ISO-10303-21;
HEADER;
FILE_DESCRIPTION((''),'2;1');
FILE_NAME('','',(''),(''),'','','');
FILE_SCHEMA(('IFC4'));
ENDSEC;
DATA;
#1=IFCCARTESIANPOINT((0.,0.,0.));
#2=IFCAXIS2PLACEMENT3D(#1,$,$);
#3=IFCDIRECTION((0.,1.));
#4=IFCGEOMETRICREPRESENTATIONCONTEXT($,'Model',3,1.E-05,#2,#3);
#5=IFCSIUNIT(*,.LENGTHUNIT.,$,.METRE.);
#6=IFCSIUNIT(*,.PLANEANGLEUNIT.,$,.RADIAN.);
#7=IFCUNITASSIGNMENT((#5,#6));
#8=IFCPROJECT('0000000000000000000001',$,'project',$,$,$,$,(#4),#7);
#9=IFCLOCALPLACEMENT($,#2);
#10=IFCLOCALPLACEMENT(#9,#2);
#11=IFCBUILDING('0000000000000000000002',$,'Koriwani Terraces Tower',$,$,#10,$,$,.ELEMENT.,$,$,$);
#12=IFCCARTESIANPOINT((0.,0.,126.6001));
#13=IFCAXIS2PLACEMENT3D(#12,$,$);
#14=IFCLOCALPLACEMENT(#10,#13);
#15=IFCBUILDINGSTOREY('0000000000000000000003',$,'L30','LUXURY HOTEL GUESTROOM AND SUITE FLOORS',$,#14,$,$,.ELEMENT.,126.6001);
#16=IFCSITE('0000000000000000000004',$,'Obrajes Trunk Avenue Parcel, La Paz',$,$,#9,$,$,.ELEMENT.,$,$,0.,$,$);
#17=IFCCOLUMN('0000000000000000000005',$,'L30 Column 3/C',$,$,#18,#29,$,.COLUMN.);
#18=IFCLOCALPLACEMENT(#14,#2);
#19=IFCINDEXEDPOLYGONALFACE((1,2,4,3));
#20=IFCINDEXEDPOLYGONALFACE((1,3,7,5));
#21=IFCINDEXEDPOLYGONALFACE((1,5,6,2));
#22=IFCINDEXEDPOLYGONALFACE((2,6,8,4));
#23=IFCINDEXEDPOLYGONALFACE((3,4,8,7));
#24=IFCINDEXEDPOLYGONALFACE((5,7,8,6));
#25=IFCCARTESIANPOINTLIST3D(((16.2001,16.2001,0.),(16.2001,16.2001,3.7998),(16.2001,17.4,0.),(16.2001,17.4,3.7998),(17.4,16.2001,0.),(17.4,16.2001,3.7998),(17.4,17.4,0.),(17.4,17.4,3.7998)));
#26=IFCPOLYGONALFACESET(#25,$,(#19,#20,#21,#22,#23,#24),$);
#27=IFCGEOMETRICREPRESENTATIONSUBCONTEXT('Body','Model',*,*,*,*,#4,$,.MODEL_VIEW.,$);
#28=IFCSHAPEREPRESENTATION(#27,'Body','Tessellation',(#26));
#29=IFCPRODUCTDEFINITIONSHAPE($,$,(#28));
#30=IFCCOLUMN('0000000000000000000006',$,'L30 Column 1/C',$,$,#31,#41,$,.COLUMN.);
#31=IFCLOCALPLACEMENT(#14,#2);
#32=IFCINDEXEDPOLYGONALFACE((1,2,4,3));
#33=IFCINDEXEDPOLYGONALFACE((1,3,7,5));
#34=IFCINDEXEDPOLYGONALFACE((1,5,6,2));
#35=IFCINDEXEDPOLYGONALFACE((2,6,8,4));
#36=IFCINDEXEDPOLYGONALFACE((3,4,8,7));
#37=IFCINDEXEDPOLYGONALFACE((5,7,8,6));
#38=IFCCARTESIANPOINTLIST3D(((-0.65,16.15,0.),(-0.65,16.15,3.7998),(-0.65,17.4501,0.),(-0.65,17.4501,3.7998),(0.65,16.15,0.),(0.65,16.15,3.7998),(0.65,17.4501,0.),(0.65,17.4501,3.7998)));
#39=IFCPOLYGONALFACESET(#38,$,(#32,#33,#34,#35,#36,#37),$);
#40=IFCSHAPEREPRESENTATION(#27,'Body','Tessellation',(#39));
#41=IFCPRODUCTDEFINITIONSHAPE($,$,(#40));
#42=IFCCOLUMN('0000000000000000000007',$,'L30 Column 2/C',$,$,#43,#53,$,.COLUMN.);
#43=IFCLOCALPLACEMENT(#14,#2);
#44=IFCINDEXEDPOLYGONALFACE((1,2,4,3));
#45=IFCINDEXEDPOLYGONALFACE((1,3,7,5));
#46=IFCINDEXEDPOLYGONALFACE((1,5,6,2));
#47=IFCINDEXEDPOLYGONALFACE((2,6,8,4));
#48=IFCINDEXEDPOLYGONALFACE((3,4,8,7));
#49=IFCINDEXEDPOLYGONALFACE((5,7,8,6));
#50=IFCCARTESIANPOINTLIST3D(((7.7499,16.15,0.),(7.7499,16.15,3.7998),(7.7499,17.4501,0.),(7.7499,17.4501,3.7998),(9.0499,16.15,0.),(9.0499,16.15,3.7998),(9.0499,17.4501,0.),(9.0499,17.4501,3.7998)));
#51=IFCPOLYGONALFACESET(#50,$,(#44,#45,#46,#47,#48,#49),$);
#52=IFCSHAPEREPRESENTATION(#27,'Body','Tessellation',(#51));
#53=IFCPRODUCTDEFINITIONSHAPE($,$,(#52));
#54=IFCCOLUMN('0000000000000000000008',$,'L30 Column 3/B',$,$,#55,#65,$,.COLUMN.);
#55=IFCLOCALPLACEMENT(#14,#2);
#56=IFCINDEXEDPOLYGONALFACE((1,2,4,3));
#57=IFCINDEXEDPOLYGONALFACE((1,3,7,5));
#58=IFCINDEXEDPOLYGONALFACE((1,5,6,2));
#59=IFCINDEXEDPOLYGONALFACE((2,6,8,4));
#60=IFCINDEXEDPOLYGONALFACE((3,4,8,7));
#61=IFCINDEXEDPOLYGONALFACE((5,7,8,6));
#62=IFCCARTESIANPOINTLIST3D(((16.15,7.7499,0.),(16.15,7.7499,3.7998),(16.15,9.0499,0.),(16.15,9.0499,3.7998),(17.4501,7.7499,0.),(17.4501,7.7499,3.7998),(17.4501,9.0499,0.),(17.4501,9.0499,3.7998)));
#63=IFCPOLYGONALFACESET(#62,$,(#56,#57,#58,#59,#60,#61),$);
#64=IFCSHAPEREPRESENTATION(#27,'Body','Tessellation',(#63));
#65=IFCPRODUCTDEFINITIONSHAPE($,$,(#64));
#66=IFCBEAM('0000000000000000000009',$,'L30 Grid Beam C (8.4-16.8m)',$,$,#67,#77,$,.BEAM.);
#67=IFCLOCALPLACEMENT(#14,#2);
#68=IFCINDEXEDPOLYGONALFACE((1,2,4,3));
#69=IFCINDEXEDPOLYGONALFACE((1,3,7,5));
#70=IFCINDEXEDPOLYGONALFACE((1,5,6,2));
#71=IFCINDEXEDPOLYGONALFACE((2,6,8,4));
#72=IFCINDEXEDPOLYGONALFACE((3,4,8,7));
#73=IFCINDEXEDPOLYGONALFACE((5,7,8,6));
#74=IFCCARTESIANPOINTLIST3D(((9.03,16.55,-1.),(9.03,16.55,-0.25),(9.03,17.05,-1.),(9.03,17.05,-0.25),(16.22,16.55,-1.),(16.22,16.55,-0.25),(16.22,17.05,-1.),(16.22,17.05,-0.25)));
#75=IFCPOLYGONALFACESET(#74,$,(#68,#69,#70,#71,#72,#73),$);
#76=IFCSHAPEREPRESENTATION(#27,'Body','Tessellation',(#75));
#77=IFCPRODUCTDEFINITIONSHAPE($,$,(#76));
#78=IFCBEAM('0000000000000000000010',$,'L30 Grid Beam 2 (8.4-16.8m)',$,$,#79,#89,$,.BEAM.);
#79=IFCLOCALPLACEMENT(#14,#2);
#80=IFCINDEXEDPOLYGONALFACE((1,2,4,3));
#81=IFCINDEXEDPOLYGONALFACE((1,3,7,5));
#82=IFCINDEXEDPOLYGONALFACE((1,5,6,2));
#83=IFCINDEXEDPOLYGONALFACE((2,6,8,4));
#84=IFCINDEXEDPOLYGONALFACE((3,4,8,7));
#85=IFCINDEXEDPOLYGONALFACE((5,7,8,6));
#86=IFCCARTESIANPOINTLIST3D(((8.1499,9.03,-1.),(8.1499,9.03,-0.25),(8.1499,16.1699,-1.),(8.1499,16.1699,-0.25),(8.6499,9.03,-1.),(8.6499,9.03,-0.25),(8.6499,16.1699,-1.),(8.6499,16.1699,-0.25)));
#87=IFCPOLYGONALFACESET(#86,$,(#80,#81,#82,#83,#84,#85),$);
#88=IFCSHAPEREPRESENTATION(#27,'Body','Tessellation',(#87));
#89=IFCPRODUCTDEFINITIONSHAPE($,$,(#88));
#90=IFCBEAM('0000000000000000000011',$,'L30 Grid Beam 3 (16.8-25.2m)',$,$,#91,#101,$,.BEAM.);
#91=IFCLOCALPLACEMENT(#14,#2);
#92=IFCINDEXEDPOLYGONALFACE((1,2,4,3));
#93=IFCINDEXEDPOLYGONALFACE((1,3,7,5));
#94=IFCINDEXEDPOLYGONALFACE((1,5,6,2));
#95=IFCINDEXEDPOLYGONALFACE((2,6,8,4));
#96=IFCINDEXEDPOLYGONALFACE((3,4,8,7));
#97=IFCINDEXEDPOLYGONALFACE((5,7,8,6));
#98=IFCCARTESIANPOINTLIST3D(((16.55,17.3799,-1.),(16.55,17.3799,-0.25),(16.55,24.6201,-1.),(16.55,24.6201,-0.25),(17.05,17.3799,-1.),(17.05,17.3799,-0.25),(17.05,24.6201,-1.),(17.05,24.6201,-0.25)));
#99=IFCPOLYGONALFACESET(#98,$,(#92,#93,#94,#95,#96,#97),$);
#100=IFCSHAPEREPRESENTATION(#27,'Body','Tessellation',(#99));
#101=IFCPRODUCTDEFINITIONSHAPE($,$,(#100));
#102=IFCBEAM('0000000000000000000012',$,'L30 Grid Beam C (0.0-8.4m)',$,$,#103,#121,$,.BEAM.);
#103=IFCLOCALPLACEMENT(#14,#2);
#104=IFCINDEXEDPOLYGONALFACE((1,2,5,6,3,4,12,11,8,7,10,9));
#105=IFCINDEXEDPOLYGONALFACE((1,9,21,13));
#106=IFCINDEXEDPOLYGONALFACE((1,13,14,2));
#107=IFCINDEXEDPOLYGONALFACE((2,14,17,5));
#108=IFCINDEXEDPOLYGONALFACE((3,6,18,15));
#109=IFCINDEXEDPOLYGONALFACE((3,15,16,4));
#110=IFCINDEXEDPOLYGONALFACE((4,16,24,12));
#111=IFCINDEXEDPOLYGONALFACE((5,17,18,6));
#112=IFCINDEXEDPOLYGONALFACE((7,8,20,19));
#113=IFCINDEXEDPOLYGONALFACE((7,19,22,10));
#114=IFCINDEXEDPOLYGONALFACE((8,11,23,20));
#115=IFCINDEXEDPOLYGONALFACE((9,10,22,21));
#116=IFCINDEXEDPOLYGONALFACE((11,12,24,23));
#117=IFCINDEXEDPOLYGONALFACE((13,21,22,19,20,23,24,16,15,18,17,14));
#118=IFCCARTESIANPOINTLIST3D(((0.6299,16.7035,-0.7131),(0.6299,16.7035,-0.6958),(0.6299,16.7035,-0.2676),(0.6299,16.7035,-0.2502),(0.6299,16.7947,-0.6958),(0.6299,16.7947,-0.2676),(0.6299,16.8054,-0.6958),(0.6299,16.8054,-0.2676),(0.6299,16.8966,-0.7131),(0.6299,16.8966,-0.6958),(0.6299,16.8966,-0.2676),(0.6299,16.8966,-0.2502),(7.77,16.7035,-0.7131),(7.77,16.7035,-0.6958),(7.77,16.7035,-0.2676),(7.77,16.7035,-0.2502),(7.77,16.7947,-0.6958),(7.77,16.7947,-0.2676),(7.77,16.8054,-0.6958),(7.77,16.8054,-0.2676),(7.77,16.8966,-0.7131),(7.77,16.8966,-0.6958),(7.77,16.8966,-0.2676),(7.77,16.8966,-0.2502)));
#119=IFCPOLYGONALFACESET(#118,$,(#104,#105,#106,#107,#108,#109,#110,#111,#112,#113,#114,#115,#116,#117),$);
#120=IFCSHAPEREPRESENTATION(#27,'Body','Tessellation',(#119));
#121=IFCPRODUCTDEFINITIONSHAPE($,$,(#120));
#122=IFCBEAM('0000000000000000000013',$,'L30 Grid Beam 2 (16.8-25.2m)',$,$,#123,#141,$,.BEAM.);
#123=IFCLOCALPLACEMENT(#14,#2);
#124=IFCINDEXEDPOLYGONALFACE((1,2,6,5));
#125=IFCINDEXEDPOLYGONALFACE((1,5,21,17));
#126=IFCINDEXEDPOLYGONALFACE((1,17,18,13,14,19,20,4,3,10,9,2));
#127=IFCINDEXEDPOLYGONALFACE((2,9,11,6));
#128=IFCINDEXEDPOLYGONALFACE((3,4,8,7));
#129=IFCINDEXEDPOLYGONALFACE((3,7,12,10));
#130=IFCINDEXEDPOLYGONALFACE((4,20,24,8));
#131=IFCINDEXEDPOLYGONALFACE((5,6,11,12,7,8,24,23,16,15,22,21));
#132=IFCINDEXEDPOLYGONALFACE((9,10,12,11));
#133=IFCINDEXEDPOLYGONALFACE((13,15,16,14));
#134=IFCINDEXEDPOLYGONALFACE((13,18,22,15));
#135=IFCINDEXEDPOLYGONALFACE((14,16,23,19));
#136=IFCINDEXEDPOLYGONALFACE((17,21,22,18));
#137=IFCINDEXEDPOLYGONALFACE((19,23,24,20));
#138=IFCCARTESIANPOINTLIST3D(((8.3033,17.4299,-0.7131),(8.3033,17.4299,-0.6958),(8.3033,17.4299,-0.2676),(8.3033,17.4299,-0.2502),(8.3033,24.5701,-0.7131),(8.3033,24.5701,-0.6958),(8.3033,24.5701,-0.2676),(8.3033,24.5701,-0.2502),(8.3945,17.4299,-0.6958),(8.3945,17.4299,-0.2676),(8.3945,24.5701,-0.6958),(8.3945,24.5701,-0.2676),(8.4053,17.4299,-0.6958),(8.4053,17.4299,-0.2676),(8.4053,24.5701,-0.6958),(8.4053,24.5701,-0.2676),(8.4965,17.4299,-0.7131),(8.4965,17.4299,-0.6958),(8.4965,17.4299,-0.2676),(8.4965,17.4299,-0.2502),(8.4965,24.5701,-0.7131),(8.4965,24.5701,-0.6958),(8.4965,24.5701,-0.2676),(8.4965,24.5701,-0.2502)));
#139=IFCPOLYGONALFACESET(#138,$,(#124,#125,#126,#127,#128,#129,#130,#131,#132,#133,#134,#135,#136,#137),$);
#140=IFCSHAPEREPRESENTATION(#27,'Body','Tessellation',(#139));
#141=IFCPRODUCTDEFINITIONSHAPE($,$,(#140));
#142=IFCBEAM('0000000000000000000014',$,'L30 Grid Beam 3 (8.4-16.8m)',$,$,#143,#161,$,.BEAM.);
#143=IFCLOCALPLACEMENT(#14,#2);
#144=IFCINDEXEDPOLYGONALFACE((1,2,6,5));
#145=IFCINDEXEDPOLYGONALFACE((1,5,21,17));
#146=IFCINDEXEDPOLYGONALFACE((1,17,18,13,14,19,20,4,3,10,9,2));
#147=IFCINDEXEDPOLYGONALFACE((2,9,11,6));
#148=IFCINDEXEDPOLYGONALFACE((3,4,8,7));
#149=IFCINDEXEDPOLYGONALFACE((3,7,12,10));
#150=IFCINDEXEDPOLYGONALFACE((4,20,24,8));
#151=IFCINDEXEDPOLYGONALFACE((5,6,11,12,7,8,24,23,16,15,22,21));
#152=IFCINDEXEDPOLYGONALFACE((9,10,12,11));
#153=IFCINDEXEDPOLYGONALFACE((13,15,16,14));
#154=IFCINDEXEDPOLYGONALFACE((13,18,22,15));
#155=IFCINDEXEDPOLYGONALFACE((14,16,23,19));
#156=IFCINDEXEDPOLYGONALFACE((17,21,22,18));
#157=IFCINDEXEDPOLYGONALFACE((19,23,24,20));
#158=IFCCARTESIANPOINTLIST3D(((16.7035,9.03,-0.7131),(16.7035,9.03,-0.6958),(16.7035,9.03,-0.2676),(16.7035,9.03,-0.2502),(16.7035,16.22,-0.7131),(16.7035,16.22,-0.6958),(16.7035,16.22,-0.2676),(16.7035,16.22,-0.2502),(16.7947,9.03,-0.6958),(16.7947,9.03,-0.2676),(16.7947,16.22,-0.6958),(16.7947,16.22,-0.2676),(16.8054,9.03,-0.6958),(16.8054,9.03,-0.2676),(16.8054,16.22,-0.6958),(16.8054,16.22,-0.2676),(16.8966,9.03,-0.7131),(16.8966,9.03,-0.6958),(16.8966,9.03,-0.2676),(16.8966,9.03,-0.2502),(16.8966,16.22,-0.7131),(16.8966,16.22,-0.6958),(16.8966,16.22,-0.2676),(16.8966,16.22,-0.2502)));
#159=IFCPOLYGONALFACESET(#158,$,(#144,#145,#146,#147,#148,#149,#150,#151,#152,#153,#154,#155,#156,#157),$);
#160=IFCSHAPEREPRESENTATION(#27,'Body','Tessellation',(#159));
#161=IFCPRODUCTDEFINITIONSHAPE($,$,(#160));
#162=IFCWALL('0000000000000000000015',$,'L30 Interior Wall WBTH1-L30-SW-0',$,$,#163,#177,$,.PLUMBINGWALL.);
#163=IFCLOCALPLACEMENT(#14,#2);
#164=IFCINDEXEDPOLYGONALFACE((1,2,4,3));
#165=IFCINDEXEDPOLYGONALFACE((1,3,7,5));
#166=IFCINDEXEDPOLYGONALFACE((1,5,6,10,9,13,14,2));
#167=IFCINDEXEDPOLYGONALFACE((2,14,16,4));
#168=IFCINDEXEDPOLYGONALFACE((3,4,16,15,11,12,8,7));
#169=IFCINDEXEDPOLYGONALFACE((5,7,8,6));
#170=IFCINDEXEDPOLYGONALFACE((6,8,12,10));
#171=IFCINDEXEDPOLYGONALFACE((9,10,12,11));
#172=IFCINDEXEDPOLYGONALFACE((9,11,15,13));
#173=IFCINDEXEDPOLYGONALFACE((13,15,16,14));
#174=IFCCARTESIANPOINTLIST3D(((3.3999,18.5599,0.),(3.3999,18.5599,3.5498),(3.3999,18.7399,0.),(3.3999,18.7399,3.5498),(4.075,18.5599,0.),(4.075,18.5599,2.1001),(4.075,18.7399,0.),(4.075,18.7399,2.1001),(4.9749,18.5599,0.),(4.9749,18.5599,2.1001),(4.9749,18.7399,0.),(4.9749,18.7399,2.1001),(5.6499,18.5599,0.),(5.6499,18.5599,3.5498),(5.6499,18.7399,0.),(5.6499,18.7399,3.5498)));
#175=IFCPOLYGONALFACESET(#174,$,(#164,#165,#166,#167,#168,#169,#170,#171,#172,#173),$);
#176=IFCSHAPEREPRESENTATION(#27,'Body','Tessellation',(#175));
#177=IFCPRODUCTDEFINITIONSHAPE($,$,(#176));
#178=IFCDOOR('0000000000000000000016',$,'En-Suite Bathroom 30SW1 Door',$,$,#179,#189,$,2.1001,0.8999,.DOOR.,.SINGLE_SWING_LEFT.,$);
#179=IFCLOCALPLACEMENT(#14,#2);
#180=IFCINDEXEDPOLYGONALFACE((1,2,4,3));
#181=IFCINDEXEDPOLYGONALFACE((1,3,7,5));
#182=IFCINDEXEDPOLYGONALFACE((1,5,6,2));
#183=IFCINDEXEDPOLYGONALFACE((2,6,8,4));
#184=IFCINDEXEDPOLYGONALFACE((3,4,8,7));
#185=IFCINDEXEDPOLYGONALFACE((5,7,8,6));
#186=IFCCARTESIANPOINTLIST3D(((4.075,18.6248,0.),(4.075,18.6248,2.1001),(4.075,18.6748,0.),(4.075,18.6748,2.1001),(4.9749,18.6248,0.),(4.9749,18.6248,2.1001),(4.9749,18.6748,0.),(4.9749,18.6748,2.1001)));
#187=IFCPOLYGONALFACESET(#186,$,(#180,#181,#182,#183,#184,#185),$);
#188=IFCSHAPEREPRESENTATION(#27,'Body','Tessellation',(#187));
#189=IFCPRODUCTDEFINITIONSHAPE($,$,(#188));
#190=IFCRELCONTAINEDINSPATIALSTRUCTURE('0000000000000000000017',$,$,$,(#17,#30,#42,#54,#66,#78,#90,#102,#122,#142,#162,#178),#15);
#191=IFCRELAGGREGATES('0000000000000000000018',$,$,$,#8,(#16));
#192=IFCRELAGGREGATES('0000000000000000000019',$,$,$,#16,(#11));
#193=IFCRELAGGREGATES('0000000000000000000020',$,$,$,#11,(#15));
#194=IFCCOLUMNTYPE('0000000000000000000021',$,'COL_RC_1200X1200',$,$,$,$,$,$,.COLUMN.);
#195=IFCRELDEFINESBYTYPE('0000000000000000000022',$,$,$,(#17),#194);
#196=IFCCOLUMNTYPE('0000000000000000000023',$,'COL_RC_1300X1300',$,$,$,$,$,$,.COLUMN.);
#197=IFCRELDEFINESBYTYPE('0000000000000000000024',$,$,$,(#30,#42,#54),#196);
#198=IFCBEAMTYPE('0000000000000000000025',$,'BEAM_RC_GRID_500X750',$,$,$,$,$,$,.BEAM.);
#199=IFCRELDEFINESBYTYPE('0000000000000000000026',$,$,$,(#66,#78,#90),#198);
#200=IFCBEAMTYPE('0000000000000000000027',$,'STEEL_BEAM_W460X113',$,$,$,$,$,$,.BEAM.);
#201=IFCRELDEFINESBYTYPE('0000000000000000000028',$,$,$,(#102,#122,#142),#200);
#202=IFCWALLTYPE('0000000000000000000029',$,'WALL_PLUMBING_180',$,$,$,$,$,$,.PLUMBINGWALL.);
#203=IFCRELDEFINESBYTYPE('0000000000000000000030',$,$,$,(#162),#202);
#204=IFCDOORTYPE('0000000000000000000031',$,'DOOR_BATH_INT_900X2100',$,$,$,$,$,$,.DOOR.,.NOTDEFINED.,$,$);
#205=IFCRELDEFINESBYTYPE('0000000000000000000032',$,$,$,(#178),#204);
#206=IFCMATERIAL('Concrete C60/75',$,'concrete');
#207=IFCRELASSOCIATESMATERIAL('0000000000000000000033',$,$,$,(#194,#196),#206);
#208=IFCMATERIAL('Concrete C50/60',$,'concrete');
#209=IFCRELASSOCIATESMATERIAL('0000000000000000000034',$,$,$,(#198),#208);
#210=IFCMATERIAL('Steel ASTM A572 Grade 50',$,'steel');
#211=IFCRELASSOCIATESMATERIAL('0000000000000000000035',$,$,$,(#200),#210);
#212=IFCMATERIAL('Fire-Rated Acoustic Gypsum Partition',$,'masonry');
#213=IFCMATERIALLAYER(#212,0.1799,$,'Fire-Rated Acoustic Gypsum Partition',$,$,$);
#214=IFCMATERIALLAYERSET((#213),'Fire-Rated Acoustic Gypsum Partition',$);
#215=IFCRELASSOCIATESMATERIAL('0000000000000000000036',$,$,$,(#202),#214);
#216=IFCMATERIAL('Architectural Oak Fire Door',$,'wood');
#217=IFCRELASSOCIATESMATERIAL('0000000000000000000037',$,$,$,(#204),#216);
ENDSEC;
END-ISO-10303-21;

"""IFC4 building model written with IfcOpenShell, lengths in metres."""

from ifc_helpers import new_model, si_unit, direction, frame, frame_2d, origin, origin_2d, place, context, subcontext, project, spatial, rectangle, i_section, extrude, material, layer, layer_set, material_profile, profile_set, type_object, element, fill, save


model = new_model("IFC4")

# Units and contexts
model_context = context("Model", 3, precision=1e-05, world=origin(), true_north=direction((0.0, 1.0)))
body_context = subcontext(model_context, "Body", "Model", "MODEL_VIEW")
ifc_project = project(units=[si_unit("LENGTHUNIT", "METRE"), si_unit("PLANEANGLEUNIT", "RADIAN")], contexts=[model_context])

# Site, building, storey
site_placement = place(None, origin())
site = spatial("IfcSite", under=ifc_project, at=site_placement, Name="Obrajes Trunk Avenue Parcel, La Paz", CompositionType="ELEMENT", RefElevation=0.0)
building_placement = place(site_placement, origin())
building = spatial("IfcBuilding", under=site, at=building_placement, Name="Koriwani Terraces Tower", CompositionType="ELEMENT")
storey_placement = place(building_placement, frame((0.0, 0.0, 126.6001)))
storey = spatial("IfcBuildingStorey", under=building, at=storey_placement, Name="L30", Description="LUXURY HOTEL GUESTROOM AND SUITE FLOORS", CompositionType="ELEMENT", Elevation=126.6001)

# Columns
ifc_material_1 = material(Name="Concrete C60/75", Category="concrete")
ifc_material_profile_1 = material_profile(ifc_material_1, rectangle(XDim=1.2, YDim=1.2, at=origin_2d()), Name="Concrete C60/75", Category="LoadBearing")
ifc_profile_set_1 = profile_set([ifc_material_profile_1], Name="Concrete C60/75")
column_type_1 = type_object("IfcColumnType", Name="COL_RC_1200X1200", PredefinedType="COLUMN", material=ifc_profile_set_1)
column_placement = place(storey_placement, frame((16.8, 16.8, 0.0), z_axis=(0.0, 0.0, 1.0), x_axis=(1.0, 0.0, 0.0)))
element("IfcColumn", 1, at=column_placement, inside=storey, type_object=column_type_1, Name="L30 Column 3/C", PredefinedType="COLUMN", context=body_context, shape_type="SweptSolid", body=[
    extrude(rectangle(XDim=1.2, YDim=1.2, at=origin_2d()), origin(), (0.0, 0.0, 1.0), 3.7998),
])
ifc_material_profile_2 = material_profile(ifc_material_1, rectangle(XDim=1.3, YDim=1.3, at=origin_2d()), Name="Concrete C60/75", Category="LoadBearing")
ifc_profile_set_2 = profile_set([ifc_material_profile_2], Name="Concrete C60/75")
column_type_2 = type_object("IfcColumnType", Name="COL_RC_1300X1300", PredefinedType="COLUMN", material=ifc_profile_set_2)
for number, where, z_axis, x_axis, name in (
    (2, (0.0, 16.8, 0.0), (0.0, 0.0, 1.0), (1.0, 0.0, 0.0), "L30 Column 1/C"),
    (3, (8.3999, 16.8, 0.0), (0.0, 0.0, 1.0), (1.0, 0.0, 0.0), "L30 Column 2/C"),
    (4, (16.8, 8.3999, 0.0), (0.0, 0.0, 1.0), (1.0, 0.0, 0.0), "L30 Column 3/B"),
):
    element("IfcColumn", number, at=place(storey_placement, frame(where, z_axis=z_axis, x_axis=x_axis)), inside=storey, type_object=column_type_2, Name=name, PredefinedType="COLUMN", context=body_context, shape_type="SweptSolid", body=[
        extrude(rectangle(XDim=1.3, YDim=1.3, at=origin_2d()), origin(), (0.0, 0.0, 1.0), 3.7998),
    ])

# Beams
ifc_material_2 = material(Name="Concrete C50/60", Category="concrete")
ifc_material_profile_3 = material_profile(ifc_material_2, rectangle(XDim=0.5, YDim=0.75, at=origin_2d()), Name="Concrete C50/60", Category="LoadBearing")
ifc_profile_set_3 = profile_set([ifc_material_profile_3], Name="Concrete C50/60")
beam_type_1 = type_object("IfcBeamType", Name="BEAM_RC_GRID_500X750", PredefinedType="BEAM", material=ifc_profile_set_3)
beam_1_placement = place(storey_placement, frame((9.03, 16.8, -0.625), z_axis=(1.0, 0.0, 0.0), x_axis=(0.0, 1.0, 0.0)))
element("IfcBeam", 5, at=beam_1_placement, inside=storey, type_object=beam_type_1, Name="L30 Grid Beam C (8.4-16.8m)", PredefinedType="BEAM", context=body_context, shape_type="SweptSolid", body=[
    extrude(rectangle(XDim=0.5, YDim=0.75, at=origin_2d()), origin(), (0.0, 0.0, 1.0), 7.1899),
])
beam_2_placement = place(storey_placement, frame((8.3999, 9.03, -0.625), z_axis=(0.0, 1.0, 0.0), x_axis=(-1.0, 0.0, 0.0)))
element("IfcBeam", 6, at=beam_2_placement, inside=storey, type_object=beam_type_1, Name="L30 Grid Beam 2 (8.4-16.8m)", PredefinedType="BEAM", context=body_context, shape_type="SweptSolid", body=[
    extrude(rectangle(XDim=0.5, YDim=0.75, at=origin_2d()), origin(), (0.0, 0.0, 1.0), 7.1399),
])
beam_3_placement = place(storey_placement, frame((16.8, 17.3799, -0.625), z_axis=(0.0, 1.0, 0.0), x_axis=(-1.0, 0.0, 0.0)))
element("IfcBeam", 7, at=beam_3_placement, inside=storey, type_object=beam_type_1, Name="L30 Grid Beam 3 (16.8-25.2m)", PredefinedType="BEAM", context=body_context, shape_type="SweptSolid", body=[
    extrude(rectangle(XDim=0.5, YDim=0.75, at=origin_2d()), origin(), (0.0, 0.0, 1.0), 7.2402),
])
ifc_material_3 = material(Name="Steel ASTM A572 Grade 50", Category="steel")
ifc_material_profile_4 = material_profile(ifc_material_3, i_section(OverallWidth=0.1931, OverallDepth=0.4629, WebThickness=0.0107, FlangeThickness=0.0173, at=origin_2d()), Name="Steel ASTM A572 Grade 50", Category="LoadBearing")
ifc_profile_set_4 = profile_set([ifc_material_profile_4], Name="Steel ASTM A572 Grade 50")
beam_type_2 = type_object("IfcBeamType", Name="STEEL_BEAM_W460X113", PredefinedType="BEAM", material=ifc_profile_set_4)
for number, where, z_axis, x_axis, name in (
    (8, (0.6299, 16.8, -0.4817), (1.0, 0.0, 0.0), (0.0, 1.0, 0.0), "L30 Grid Beam C (0.0-8.4m)"),
    (9, (8.3999, 17.4299, -0.4817), (0.0, 1.0, 0.0), (-1.0, 0.0, 0.0), "L30 Grid Beam 2 (16.8-25.2m)"),
):
    element("IfcBeam", number, at=place(storey_placement, frame(where, z_axis=z_axis, x_axis=x_axis)), inside=storey, type_object=beam_type_2, Name=name, PredefinedType="BEAM", context=body_context, shape_type="SweptSolid", body=[
        extrude(i_section(OverallWidth=0.1931, OverallDepth=0.4629, WebThickness=0.0107, FlangeThickness=0.0173, at=origin_2d()), origin(), (0.0, 0.0, 1.0), 7.1401),
    ])
beam_4_placement = place(storey_placement, frame((16.8, 9.03, -0.4817), z_axis=(0.0, 1.0, 0.0), x_axis=(-1.0, 0.0, 0.0)))
element("IfcBeam", 10, at=beam_4_placement, inside=storey, type_object=beam_type_2, Name="L30 Grid Beam 3 (8.4-16.8m)", PredefinedType="BEAM", context=body_context, shape_type="SweptSolid", body=[
    extrude(i_section(OverallWidth=0.1931, OverallDepth=0.4629, WebThickness=0.0107, FlangeThickness=0.0173, at=origin_2d()), origin(), (0.0, 0.0, 1.0), 7.1899),
])

# Wall, opening, door
ifc_material_4 = material(Name="Fire-Rated Acoustic Gypsum Partition", Category="masonry")
ifc_layer = layer(ifc_material_4, 0.1799, Name="Fire-Rated Acoustic Gypsum Partition")
ifc_layer_set = layer_set([ifc_layer], Name="Fire-Rated Acoustic Gypsum Partition")
wall_type = type_object("IfcWallType", Name="WALL_PLUMBING_180", PredefinedType="PLUMBINGWALL", material=ifc_layer_set)
wall_1_placement = place(storey_placement, frame((3.3999, 18.6499, 0.0), z_axis=(0.0, 0.0, 1.0), x_axis=(1.0, 0.0, 0.0)))
wall_1 = element("IfcWall", 11, at=wall_1_placement, inside=storey, type_object=wall_type, Name="L30 Interior Wall WBTH1-L30-SW-0", PredefinedType="PLUMBINGWALL", context=body_context, shape_type="SweptSolid", body=[
    extrude(rectangle(XDim=2.25, YDim=0.1799, at=frame_2d((1.125, 0.0))), origin(), (0.0, 0.0, 1.0), 3.5498),
])
opening_1_placement = place(wall_1_placement, frame((0.675, 0.0, 0.0)))
opening_1 = element("IfcOpeningElement", 12, at=opening_1_placement, cuts=wall_1, PredefinedType="OPENING", context=body_context, shape_type="SweptSolid", body=[
    extrude(rectangle(XDim=0.8999, YDim=2.1001, at=frame_2d((0.45, 1.05))), frame((0.0, 0.1001, 0.0), z_axis=(0.0, -1.0, 0.0), x_axis=(1.0, 0.0, 0.0)), (0.0, 0.0, 1.0), 0.2),
])
ifc_material_5 = material(Name="Architectural Oak Fire Door", Category="wood")
door_type = type_object("IfcDoorType", Name="DOOR_BATH_INT_900X2100", OperationType="NOTDEFINED", PredefinedType="DOOR", material=ifc_material_5)
door_1_placement = place(opening_1_placement, origin())
door_1 = element("IfcDoor", 13, at=door_1_placement, inside=storey, type_object=door_type, Name="En-Suite Bathroom 30SW1 Door", OperationType="SINGLE_SWING_LEFT", OverallHeight=2.1001, OverallWidth=0.8999, PredefinedType="DOOR", context=body_context, shape_type="SweptSolid", body=[
    extrude(rectangle(XDim=0.8999, YDim=2.1001, at=frame_2d((0.45, 1.05))), frame((0.0, 0.0249, 0.0), z_axis=(0.0, -1.0, 0.0), x_axis=(1.0, 0.0, 0.0)), (0.0, 0.0, 1.0), 0.05),
])
fill(opening_1, door_1)

save(model, "model.ifc")
